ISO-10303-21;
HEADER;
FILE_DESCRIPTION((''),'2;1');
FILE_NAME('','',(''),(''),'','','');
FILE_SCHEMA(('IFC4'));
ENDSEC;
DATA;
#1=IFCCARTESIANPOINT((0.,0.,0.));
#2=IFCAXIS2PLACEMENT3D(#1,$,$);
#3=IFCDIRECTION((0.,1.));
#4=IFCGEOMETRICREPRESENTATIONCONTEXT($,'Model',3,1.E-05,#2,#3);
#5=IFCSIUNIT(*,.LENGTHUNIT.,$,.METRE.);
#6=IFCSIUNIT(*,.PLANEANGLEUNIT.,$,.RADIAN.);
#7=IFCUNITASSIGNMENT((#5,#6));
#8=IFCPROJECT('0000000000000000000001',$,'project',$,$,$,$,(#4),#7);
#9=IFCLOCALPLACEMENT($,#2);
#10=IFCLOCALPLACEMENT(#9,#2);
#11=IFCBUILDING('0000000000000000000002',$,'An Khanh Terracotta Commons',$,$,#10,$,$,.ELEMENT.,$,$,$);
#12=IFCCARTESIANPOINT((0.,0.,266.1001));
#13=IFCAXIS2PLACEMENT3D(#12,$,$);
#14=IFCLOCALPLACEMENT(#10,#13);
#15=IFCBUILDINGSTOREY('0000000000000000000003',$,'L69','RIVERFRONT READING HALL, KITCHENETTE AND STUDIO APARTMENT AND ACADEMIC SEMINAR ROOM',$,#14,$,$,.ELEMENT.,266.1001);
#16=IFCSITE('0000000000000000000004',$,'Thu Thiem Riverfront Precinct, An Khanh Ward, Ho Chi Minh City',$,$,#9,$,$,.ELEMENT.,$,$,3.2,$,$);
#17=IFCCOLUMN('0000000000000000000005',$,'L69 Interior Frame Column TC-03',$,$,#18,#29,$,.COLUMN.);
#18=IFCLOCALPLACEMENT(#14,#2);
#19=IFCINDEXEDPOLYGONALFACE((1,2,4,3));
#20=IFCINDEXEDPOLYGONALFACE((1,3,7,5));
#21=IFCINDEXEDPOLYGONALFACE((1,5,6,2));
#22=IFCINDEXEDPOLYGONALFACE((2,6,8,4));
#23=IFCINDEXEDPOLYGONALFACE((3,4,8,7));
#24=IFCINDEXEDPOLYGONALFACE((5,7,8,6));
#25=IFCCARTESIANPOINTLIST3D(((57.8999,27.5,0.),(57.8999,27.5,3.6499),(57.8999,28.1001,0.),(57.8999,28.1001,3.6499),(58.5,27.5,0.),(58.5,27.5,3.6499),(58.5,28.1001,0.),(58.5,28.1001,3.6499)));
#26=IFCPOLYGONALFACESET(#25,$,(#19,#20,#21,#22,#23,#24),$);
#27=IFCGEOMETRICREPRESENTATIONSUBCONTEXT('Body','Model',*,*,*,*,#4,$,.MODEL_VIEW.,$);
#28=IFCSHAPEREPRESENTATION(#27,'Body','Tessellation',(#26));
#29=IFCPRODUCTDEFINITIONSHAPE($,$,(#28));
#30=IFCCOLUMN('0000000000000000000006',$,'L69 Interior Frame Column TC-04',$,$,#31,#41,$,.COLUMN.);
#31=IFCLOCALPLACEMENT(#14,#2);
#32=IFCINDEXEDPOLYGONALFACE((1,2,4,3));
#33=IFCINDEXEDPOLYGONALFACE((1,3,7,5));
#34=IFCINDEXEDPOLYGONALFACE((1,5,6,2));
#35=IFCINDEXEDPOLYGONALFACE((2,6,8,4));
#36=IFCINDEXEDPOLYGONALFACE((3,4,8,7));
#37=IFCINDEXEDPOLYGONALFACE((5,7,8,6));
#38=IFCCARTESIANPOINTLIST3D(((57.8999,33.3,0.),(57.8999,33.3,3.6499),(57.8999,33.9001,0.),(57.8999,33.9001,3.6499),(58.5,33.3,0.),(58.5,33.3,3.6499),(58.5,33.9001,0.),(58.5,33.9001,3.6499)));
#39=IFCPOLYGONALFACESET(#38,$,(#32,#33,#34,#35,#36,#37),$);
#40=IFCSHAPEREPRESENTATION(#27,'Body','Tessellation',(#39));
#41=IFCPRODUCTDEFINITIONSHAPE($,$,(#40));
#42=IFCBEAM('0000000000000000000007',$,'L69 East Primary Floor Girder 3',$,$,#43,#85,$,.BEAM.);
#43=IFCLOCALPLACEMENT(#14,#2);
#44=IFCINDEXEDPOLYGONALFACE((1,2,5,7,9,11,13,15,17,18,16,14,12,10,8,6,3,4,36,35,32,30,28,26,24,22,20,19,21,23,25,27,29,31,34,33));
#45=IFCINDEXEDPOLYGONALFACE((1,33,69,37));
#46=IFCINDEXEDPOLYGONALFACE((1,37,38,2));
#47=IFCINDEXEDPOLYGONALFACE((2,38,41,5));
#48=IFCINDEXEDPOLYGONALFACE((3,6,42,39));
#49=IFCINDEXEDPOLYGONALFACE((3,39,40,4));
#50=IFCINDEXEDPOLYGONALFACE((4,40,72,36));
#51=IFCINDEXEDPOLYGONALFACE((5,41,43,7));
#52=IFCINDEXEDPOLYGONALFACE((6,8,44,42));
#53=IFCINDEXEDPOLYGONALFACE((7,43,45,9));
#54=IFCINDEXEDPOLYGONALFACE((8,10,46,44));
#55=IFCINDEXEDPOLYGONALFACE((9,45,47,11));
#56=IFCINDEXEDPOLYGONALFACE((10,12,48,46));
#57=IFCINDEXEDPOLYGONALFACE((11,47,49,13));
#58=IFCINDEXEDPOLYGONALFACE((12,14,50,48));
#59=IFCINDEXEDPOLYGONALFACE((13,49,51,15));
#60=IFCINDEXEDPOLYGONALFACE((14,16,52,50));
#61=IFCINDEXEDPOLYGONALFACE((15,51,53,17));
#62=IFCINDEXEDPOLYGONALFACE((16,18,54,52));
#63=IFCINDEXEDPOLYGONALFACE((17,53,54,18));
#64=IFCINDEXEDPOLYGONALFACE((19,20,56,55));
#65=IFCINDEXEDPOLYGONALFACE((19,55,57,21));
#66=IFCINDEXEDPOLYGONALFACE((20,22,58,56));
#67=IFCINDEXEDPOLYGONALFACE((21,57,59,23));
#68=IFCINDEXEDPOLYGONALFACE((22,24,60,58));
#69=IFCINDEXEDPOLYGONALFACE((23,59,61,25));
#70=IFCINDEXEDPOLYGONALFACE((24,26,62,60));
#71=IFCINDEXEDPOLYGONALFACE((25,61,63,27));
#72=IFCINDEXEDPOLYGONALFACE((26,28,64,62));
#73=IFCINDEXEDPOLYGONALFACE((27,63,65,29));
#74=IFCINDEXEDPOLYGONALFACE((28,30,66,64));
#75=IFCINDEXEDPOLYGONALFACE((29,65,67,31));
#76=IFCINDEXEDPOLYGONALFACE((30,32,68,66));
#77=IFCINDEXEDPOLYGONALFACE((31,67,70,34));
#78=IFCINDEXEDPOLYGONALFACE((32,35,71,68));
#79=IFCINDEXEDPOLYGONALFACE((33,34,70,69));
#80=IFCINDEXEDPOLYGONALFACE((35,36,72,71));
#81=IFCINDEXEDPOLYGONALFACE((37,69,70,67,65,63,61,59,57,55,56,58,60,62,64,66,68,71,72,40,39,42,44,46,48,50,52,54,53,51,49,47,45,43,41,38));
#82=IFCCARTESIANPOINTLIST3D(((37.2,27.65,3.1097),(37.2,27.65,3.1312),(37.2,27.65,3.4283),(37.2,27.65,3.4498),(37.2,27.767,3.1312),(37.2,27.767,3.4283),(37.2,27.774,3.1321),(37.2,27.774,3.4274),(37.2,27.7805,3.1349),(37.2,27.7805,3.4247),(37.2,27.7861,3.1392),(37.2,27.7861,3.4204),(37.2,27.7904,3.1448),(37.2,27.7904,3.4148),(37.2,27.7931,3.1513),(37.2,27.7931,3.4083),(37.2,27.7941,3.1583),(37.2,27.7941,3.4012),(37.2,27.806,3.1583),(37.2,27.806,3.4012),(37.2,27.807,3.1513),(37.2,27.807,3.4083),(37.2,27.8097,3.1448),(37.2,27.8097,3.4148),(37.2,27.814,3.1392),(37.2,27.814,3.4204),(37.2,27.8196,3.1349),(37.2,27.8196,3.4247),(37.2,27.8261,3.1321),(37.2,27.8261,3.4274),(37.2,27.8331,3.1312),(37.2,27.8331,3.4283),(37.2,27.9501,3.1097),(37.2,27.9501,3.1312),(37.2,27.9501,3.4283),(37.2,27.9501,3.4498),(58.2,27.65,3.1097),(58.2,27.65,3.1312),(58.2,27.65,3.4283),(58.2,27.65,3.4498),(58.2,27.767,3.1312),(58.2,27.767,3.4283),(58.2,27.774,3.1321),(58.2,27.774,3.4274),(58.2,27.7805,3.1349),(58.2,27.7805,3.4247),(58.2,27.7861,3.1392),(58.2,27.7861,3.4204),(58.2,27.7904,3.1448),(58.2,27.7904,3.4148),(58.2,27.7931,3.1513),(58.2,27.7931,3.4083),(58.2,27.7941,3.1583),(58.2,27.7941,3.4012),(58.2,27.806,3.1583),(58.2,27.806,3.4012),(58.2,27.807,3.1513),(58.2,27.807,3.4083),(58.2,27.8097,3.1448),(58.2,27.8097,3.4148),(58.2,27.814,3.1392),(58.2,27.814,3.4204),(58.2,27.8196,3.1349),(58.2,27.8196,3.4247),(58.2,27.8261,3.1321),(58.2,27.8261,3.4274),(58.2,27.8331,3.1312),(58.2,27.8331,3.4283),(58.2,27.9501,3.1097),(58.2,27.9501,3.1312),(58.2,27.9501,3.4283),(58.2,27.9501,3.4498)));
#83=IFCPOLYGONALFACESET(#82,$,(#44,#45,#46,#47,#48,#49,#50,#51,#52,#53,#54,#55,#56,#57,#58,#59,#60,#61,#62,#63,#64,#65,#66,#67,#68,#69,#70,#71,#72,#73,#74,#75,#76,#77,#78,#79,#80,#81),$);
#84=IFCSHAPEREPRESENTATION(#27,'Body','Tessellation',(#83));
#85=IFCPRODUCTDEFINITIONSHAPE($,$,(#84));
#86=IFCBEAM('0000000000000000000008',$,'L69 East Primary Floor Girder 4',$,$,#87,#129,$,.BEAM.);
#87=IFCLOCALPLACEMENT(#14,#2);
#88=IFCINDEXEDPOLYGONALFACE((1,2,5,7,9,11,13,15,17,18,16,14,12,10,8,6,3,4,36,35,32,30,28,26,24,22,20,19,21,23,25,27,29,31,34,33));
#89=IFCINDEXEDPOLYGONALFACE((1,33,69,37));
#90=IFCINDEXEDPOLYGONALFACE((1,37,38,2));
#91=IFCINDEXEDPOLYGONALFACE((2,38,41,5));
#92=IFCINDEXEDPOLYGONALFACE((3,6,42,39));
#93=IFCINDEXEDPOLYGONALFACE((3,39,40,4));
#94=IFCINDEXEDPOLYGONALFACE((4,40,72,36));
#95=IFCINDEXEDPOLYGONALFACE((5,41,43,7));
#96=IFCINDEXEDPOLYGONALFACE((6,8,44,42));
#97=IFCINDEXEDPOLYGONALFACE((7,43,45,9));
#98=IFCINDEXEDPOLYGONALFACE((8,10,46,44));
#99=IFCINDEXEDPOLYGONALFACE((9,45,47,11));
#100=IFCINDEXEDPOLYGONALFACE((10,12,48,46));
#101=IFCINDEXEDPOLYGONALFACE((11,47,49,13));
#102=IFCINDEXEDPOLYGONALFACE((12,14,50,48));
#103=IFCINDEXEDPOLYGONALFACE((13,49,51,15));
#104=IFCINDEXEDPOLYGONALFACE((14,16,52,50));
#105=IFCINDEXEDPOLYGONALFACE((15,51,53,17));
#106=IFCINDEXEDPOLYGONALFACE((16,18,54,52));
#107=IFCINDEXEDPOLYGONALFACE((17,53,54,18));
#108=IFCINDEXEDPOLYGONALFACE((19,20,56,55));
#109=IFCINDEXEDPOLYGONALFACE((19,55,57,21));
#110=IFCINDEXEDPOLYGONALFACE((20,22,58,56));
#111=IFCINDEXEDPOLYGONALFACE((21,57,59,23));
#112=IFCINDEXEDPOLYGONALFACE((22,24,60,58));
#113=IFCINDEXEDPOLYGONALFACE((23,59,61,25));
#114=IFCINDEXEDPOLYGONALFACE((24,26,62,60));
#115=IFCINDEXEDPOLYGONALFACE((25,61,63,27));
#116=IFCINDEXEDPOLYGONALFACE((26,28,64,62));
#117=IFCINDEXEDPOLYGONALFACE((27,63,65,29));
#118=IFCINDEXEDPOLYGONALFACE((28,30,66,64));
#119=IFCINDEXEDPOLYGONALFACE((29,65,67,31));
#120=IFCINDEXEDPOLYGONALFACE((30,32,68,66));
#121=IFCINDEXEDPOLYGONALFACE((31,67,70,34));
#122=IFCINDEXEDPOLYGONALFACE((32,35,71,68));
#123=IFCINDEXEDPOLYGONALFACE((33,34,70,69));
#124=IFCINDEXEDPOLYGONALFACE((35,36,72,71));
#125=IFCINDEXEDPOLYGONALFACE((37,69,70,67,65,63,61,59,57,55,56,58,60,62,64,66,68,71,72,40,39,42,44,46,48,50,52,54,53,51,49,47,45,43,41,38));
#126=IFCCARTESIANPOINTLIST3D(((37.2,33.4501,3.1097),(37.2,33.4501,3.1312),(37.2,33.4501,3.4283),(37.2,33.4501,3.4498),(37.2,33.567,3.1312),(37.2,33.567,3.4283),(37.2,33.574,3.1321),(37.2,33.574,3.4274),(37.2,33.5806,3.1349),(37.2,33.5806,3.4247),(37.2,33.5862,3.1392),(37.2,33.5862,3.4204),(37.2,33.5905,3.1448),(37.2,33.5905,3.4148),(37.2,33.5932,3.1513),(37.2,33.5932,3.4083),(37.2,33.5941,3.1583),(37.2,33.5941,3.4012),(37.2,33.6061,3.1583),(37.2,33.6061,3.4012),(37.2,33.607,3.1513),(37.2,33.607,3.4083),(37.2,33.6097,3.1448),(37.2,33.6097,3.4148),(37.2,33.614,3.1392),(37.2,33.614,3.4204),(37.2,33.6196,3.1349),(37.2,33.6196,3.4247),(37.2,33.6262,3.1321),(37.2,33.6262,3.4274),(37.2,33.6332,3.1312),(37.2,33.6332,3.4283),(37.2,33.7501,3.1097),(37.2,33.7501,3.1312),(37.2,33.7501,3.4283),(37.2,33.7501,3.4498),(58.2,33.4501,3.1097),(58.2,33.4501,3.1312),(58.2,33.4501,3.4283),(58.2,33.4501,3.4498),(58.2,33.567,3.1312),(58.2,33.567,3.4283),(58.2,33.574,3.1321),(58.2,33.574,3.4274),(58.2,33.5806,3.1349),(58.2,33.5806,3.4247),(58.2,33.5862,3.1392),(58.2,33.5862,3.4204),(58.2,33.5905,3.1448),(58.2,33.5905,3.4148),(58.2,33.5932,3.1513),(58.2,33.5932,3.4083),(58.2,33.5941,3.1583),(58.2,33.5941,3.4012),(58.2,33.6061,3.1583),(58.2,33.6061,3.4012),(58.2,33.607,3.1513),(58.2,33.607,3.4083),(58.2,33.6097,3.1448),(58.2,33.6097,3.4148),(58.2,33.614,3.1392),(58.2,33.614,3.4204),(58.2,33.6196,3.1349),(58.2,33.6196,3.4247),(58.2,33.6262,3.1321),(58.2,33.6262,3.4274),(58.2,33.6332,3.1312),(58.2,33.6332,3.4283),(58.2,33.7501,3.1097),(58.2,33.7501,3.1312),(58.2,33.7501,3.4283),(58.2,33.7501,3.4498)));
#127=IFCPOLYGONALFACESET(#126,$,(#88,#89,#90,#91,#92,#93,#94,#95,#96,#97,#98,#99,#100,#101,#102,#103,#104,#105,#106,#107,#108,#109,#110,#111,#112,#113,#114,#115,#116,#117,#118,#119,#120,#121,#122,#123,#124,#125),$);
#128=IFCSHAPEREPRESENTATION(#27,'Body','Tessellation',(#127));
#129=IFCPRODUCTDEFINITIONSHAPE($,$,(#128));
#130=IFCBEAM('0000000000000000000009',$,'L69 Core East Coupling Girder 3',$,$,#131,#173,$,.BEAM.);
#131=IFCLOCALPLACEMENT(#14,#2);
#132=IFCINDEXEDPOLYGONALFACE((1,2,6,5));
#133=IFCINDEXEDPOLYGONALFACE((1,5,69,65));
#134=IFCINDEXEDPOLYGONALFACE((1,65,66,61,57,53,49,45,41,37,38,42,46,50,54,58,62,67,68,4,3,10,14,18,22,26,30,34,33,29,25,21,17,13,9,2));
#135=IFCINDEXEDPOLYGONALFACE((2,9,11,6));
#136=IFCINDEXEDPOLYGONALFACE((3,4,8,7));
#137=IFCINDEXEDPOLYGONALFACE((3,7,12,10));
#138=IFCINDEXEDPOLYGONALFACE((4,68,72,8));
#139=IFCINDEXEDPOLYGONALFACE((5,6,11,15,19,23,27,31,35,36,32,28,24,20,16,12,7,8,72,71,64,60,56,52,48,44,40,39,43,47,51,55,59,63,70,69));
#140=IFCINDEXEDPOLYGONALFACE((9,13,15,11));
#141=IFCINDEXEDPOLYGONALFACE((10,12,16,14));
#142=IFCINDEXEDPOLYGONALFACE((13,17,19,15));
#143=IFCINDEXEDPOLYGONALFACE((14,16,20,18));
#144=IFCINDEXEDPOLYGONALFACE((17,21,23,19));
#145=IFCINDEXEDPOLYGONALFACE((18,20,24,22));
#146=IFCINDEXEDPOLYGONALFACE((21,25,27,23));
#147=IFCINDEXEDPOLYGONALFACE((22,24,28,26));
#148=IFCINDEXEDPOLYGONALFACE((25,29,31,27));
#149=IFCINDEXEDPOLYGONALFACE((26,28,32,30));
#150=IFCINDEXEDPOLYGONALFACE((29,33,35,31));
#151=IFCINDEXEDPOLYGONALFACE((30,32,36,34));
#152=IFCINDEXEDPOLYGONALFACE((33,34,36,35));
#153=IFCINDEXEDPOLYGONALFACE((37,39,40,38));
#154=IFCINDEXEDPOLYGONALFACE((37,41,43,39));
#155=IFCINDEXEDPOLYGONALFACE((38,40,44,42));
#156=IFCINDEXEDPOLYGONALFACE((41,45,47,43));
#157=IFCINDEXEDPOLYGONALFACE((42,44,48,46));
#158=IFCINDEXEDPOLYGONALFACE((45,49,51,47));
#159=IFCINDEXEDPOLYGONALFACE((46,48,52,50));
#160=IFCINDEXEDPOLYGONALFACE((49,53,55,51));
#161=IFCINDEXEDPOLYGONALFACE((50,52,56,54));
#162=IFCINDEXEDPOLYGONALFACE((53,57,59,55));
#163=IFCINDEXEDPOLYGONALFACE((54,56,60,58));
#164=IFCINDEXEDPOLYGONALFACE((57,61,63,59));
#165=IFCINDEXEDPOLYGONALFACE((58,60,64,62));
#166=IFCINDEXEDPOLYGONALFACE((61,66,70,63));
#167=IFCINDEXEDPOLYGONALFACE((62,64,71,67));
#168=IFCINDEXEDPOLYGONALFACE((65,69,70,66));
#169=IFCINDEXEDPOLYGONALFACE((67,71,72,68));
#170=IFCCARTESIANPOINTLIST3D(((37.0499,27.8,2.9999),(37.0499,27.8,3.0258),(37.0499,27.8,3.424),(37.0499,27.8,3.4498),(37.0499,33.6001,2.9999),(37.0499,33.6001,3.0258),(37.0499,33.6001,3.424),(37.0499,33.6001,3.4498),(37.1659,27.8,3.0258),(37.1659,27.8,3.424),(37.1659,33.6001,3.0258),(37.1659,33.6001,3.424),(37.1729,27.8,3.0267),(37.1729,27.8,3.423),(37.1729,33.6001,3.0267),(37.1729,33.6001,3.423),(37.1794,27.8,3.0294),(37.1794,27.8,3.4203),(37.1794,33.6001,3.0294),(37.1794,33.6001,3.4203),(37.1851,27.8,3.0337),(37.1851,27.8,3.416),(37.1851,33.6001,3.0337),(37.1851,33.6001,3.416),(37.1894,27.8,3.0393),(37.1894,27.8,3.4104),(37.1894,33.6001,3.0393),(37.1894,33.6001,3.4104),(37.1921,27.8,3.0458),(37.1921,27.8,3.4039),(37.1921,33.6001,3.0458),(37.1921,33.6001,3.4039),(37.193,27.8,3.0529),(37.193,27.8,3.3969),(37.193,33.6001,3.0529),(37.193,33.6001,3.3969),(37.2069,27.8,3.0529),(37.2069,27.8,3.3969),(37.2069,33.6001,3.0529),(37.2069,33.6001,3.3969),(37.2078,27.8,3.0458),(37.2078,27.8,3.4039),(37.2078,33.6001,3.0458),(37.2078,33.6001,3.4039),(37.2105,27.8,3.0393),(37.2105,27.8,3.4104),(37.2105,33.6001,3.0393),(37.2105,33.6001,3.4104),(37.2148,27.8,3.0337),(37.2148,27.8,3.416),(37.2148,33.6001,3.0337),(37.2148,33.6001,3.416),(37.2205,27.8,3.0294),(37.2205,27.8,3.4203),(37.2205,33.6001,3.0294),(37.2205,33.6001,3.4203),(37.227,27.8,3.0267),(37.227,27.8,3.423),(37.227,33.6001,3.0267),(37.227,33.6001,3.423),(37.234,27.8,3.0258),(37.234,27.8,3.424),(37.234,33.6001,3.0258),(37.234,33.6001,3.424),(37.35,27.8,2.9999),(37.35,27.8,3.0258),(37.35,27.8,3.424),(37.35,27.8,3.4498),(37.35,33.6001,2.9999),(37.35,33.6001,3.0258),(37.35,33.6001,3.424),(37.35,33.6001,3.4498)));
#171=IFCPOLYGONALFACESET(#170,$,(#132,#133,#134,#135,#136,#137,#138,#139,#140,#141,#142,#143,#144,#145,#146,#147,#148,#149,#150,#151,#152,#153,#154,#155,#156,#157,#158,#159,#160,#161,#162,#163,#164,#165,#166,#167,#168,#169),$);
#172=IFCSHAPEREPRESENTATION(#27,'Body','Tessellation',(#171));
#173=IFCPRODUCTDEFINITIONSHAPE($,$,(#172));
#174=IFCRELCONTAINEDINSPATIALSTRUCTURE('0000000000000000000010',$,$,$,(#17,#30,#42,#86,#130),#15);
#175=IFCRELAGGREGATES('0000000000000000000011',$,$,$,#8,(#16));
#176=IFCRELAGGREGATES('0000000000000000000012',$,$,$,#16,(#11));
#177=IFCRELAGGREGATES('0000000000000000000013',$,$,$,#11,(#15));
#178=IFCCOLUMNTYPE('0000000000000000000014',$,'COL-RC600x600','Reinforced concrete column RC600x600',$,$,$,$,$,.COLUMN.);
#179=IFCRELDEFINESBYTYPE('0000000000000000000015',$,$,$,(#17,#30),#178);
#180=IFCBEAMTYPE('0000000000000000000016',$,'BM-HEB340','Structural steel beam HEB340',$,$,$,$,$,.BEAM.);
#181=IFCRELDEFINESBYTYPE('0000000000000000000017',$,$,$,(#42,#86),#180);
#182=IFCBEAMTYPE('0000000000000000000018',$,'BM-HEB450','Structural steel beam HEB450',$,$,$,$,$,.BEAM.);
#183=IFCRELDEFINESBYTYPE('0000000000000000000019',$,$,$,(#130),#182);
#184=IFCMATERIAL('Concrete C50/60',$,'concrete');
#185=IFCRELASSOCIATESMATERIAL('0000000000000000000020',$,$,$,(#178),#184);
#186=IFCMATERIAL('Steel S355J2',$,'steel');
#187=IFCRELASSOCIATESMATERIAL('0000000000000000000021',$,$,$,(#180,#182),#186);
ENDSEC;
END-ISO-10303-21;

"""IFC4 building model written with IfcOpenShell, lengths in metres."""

from ifc_helpers import new_model, si_unit, direction, frame, origin, origin_2d, place, context, subcontext, project, spatial, rectangle, i_section, extrude, material, material_profile, profile_set, type_object, element, save


model = new_model("IFC4")

# Units and contexts
model_context = context("Model", 3, precision=1e-05, world=origin(), true_north=direction((0.0, 1.0)))
body_context = subcontext(model_context, "Body", "Model", "MODEL_VIEW")
ifc_project = project(units=[si_unit("LENGTHUNIT", "METRE"), si_unit("PLANEANGLEUNIT", "RADIAN")], contexts=[model_context])

# Site, building, storey
site_placement = place(None, origin())
site = spatial("IfcSite", under=ifc_project, at=site_placement, Name="Thu Thiem Riverfront Precinct, An Khanh Ward, Ho Chi Minh City", CompositionType="ELEMENT", RefElevation=3.2)
building_placement = place(site_placement, origin())
building = spatial("IfcBuilding", under=site, at=building_placement, Name="An Khanh Terracotta Commons", CompositionType="ELEMENT")
storey_placement = place(building_placement, frame((0.0, 0.0, 266.1001)))
storey = spatial("IfcBuildingStorey", under=building, at=storey_placement, Name="L69", Description="RIVERFRONT READING HALL, KITCHENETTE AND STUDIO APARTMENT AND ACADEMIC SEMINAR ROOM", CompositionType="ELEMENT", Elevation=266.1001)

# Columns
ifc_material_1 = material(Name="Concrete C50/60", Category="concrete")
ifc_material_profile_1 = material_profile(ifc_material_1, rectangle(XDim=0.6001, YDim=0.6001, at=origin_2d()), Name="RC600x600")
ifc_profile_set_1 = profile_set([ifc_material_profile_1], Name="Concrete C50/60")
column_type = type_object("IfcColumnType", Name="COL-RC600x600", Description="Reinforced concrete column RC600x600", PredefinedType="COLUMN", material=ifc_profile_set_1)
for number, where, z_axis, x_axis, name in (
    (1, (58.2, 27.8, 0.0), (0.0, 0.0, 1.0), (1.0, 0.0, 0.0), "L69 Interior Frame Column TC-03"),
    (2, (58.2, 33.6001, 0.0), (0.0, 0.0, 1.0), (1.0, 0.0, 0.0), "L69 Interior Frame Column TC-04"),
):
    element("IfcColumn", number, at=place(storey_placement, frame(where, z_axis=z_axis, x_axis=x_axis)), inside=storey, type_object=column_type, Name=name, PredefinedType="COLUMN", context=body_context, shape_type="SweptSolid", body=[
        extrude(rectangle(XDim=0.6001, YDim=0.6001, at=origin_2d()), origin(), (0.0, 0.0, 1.0), 3.6499),
    ])

# Beams
ifc_material_2 = material(Name="Steel S355J2", Category="steel")
ifc_material_profile_2 = material_profile(ifc_material_2, i_section(OverallWidth=0.3, OverallDepth=0.3401, WebThickness=0.012, FlangeThickness=0.0215, FilletRadius=0.0271, at=origin_2d()), Name="HEB340")
ifc_profile_set_2 = profile_set([ifc_material_profile_2], Name="Steel S355J2")
beam_type_1 = type_object("IfcBeamType", Name="BM-HEB340", Description="Structural steel beam HEB340", PredefinedType="BEAM", material=ifc_profile_set_2)
for number, where, z_axis, x_axis, name in (
    (3, (37.2, 27.8, 3.2798), (1.0, 0.0, 0.0), (0.0, 1.0, 0.0), "L69 East Primary Floor Girder 3"),
    (4, (37.2, 33.6001, 3.2798), (1.0, 0.0, 0.0), (0.0, 1.0, 0.0), "L69 East Primary Floor Girder 4"),
):
    element("IfcBeam", number, at=place(storey_placement, frame(where, z_axis=z_axis, x_axis=x_axis)), inside=storey, type_object=beam_type_1, Name=name, PredefinedType="BEAM", context=body_context, shape_type="SweptSolid", body=[
        extrude(i_section(OverallWidth=0.3, OverallDepth=0.3401, WebThickness=0.012, FlangeThickness=0.0215, FilletRadius=0.0271, at=origin_2d()), origin(), (0.0, 0.0, 1.0), 21.0),
    ])
ifc_material_profile_3 = material_profile(ifc_material_2, i_section(OverallWidth=0.3, OverallDepth=0.45, WebThickness=0.0139, FlangeThickness=0.0259, FilletRadius=0.0271, at=origin_2d()), Name="HEB450")
ifc_profile_set_3 = profile_set([ifc_material_profile_3], Name="Steel S355J2")
beam_type_2 = type_object("IfcBeamType", Name="BM-HEB450", Description="Structural steel beam HEB450", PredefinedType="BEAM", material=ifc_profile_set_3)
beam_placement = place(storey_placement, frame((37.2, 27.8, 3.2249), z_axis=(0.0, 1.0, 0.0), x_axis=(-1.0, 0.0, 0.0)))
element("IfcBeam", 5, at=beam_placement, inside=storey, type_object=beam_type_2, Name="L69 Core East Coupling Girder 3", PredefinedType="BEAM", context=body_context, shape_type="SweptSolid", body=[
    extrude(i_section(OverallWidth=0.3, OverallDepth=0.45, WebThickness=0.0139, FlangeThickness=0.0259, FilletRadius=0.0271, at=origin_2d()), origin(), (0.0, 0.0, 1.0), 5.8),
])

save(model, "model.ifc")
